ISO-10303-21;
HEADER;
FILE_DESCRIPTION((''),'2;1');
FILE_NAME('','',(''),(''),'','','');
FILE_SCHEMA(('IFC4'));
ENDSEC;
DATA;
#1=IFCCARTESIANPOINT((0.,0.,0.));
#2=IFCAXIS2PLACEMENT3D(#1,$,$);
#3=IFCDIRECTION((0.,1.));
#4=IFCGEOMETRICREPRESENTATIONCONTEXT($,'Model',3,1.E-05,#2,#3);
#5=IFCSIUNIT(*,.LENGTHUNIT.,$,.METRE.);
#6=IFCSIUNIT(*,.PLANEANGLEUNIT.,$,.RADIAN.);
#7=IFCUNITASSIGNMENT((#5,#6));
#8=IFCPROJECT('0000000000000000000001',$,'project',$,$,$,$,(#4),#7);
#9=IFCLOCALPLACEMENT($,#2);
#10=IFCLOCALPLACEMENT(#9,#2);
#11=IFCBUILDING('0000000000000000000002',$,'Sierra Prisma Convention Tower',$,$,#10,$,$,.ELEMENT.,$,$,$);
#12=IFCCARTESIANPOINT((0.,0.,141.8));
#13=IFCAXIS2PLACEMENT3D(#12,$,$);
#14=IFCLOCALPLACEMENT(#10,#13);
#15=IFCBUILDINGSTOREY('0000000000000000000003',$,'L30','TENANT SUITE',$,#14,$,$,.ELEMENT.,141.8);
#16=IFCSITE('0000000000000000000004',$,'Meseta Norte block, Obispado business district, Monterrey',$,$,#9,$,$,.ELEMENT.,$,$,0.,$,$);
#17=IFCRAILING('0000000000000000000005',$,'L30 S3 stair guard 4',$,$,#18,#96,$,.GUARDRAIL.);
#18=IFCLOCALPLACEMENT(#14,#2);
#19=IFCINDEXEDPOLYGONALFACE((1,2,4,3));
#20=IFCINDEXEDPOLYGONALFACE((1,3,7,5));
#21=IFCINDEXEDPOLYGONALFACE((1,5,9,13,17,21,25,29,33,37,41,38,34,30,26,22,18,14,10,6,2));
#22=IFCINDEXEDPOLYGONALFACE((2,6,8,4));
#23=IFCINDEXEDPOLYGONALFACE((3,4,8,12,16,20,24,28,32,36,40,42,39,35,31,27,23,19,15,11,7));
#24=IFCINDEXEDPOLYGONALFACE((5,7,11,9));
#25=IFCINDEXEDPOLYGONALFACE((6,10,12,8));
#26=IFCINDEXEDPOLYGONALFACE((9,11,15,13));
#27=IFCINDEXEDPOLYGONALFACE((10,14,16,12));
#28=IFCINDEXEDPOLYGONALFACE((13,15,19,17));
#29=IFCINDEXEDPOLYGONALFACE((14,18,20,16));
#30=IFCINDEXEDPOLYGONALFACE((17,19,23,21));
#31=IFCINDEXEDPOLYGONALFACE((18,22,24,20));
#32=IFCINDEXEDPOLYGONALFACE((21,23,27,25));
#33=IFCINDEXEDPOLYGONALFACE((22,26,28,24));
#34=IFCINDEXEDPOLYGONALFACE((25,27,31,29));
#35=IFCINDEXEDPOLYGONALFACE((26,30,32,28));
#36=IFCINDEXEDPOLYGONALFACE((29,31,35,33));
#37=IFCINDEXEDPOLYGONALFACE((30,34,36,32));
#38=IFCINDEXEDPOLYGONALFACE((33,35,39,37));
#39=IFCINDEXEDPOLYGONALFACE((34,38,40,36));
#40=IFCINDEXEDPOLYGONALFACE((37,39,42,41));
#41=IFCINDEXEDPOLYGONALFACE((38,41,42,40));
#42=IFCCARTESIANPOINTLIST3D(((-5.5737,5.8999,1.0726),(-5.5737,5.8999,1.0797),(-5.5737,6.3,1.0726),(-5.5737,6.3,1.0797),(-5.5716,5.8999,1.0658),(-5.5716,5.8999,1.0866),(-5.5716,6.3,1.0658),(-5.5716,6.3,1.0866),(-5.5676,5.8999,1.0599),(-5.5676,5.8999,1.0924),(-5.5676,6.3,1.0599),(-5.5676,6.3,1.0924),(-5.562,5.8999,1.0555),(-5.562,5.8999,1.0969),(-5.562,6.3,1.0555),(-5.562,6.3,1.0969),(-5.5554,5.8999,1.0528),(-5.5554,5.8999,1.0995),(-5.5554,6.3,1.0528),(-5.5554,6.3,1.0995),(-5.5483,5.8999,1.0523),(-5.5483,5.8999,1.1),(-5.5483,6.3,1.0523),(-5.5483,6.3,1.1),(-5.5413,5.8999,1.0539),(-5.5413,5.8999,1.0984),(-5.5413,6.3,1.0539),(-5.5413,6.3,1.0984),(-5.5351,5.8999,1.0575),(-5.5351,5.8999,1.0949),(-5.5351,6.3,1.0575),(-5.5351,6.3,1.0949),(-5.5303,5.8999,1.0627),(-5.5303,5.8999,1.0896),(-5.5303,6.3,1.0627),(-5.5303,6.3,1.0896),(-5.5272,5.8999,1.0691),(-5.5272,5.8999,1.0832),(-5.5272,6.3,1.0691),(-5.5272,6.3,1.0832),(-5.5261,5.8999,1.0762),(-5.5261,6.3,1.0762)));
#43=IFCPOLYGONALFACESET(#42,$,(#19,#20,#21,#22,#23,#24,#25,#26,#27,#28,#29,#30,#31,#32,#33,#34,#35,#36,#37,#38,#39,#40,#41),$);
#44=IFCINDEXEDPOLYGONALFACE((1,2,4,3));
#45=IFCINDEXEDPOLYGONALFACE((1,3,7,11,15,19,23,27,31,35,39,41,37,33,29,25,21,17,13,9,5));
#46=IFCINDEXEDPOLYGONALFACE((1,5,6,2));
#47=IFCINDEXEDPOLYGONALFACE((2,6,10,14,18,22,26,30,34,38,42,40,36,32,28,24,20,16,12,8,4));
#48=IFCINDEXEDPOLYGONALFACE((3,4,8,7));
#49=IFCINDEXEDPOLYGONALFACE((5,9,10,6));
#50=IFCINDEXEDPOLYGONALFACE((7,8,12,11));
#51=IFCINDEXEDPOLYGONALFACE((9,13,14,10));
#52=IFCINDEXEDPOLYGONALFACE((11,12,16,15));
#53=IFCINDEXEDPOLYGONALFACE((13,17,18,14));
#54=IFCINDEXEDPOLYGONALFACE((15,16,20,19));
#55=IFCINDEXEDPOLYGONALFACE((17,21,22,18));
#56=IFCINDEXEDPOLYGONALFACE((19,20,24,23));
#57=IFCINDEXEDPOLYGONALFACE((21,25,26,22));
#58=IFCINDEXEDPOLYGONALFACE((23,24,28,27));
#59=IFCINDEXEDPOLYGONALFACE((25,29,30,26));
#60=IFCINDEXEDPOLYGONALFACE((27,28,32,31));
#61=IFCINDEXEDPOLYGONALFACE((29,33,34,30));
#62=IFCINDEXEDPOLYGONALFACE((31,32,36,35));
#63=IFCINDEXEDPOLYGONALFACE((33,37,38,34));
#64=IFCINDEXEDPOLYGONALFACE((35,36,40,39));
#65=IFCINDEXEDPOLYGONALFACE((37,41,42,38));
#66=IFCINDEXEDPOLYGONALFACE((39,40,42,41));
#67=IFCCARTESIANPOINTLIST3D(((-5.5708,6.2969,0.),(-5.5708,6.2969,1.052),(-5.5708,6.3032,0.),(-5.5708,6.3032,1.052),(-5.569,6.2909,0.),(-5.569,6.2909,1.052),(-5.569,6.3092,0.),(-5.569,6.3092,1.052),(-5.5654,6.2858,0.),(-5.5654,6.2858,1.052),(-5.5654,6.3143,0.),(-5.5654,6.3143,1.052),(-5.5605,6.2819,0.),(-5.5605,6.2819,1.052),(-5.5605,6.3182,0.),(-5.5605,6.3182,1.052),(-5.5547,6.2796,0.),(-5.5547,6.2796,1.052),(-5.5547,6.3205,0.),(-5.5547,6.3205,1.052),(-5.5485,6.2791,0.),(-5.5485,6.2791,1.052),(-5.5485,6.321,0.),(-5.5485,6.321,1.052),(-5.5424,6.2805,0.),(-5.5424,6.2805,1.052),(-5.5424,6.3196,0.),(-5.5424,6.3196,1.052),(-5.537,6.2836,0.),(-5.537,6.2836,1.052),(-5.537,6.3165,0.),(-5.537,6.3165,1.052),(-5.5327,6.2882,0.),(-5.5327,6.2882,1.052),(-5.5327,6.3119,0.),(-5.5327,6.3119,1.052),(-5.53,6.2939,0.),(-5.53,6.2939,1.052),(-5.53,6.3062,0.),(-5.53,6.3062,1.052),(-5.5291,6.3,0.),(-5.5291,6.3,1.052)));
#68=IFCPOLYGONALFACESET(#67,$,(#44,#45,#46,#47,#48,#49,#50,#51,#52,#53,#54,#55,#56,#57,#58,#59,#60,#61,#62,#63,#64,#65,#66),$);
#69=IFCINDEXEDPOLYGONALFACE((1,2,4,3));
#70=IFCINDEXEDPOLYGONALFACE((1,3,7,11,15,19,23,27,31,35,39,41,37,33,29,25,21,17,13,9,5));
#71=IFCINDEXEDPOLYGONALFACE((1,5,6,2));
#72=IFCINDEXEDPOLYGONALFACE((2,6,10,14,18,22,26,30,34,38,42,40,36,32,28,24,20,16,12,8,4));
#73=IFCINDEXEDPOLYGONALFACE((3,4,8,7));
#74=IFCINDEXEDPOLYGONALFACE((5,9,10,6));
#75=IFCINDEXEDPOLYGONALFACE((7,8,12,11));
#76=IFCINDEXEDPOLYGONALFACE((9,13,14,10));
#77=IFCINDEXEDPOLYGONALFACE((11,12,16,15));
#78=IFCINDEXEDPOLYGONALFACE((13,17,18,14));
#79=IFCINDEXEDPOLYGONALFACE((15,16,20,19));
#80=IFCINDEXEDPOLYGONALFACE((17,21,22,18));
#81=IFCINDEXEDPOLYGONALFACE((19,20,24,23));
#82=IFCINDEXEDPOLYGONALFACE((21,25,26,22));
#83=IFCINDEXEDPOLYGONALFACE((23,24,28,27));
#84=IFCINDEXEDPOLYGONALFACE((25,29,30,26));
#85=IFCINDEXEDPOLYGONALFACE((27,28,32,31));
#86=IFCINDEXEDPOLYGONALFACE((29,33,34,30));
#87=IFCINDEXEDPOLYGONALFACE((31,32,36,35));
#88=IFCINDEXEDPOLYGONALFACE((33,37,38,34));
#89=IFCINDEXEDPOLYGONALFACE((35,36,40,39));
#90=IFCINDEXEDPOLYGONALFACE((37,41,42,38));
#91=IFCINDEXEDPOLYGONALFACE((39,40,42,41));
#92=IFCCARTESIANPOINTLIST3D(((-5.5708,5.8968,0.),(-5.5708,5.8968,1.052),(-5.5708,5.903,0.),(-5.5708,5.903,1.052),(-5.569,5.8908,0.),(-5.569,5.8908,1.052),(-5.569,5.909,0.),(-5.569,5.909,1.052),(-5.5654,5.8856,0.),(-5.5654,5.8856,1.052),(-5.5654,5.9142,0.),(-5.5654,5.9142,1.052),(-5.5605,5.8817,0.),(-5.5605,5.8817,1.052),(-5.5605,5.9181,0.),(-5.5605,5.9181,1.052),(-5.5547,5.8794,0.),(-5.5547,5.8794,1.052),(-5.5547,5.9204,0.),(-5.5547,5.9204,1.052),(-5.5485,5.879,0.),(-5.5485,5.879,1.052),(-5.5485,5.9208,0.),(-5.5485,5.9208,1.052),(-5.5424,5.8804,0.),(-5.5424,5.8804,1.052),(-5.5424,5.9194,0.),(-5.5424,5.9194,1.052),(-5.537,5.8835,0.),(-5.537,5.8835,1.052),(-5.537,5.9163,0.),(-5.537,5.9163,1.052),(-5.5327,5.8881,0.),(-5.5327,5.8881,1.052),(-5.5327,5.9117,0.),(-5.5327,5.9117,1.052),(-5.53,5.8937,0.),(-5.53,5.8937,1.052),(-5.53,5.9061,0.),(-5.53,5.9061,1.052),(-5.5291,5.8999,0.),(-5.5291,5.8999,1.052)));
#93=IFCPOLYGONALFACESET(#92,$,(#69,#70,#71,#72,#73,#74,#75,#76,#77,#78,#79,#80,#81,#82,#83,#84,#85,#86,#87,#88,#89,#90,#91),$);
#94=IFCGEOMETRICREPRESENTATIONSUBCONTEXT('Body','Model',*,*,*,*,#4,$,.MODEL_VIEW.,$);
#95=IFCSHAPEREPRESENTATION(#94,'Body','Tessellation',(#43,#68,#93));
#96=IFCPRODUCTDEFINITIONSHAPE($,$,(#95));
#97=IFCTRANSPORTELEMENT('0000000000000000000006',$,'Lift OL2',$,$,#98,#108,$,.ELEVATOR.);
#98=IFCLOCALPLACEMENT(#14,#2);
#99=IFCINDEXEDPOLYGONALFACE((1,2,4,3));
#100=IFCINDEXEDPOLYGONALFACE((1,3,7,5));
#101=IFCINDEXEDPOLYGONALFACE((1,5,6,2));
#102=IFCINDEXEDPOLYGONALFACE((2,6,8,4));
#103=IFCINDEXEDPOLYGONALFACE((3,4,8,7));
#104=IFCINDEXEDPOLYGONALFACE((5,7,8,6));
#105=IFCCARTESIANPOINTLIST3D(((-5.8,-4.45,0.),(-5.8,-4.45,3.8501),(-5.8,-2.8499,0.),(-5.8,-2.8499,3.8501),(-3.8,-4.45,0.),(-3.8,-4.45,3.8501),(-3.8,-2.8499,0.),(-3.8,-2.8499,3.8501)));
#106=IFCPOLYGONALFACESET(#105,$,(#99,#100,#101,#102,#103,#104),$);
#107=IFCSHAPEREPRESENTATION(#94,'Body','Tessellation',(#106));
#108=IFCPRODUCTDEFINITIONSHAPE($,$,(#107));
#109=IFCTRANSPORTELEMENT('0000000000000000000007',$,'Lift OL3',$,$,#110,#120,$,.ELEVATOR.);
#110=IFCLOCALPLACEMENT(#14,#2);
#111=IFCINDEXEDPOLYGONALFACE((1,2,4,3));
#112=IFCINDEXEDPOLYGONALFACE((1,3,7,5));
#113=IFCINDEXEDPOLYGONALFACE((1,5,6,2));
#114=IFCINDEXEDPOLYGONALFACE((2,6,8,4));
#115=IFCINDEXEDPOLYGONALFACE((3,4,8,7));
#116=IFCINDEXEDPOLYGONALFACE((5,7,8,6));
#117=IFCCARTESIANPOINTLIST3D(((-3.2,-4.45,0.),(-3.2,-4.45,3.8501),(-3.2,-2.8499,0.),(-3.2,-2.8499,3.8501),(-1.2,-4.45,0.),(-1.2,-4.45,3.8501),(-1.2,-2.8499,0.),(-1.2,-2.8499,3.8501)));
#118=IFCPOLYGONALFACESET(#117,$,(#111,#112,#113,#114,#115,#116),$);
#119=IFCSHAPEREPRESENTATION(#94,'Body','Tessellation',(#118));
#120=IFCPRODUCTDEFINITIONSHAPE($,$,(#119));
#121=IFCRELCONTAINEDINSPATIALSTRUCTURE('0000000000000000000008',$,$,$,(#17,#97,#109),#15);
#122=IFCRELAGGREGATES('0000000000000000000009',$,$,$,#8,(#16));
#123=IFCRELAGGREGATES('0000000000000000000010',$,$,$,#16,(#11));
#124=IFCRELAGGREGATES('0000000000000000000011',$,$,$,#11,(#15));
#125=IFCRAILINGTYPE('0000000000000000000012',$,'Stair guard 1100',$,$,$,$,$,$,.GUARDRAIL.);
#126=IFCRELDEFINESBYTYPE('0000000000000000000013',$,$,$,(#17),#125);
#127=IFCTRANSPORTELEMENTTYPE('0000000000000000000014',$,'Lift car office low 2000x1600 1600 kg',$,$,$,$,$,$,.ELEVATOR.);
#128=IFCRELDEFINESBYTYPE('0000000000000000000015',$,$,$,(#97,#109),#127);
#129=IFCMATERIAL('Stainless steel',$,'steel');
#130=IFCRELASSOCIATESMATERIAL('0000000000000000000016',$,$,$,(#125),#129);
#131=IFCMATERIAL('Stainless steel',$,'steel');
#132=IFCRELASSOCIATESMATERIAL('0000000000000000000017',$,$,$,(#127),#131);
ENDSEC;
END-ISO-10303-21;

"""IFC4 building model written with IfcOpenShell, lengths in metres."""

from ifc_helpers import new_model, si_unit, direction, frame, origin, origin_2d, place, context, subcontext, project, spatial, rectangle, circle, extrude, material, type_object, element, save


model = new_model("IFC4")

# Units and contexts
model_context = context("Model", 3, precision=1e-05, world=origin(), true_north=direction((0.0, 1.0)))
body_context = subcontext(model_context, "Body", "Model", "MODEL_VIEW")
ifc_project = project(units=[si_unit("LENGTHUNIT", "METRE"), si_unit("PLANEANGLEUNIT", "RADIAN")], contexts=[model_context])

# Site, building, storey
site_placement = place(None, origin())
site = spatial("IfcSite", under=ifc_project, at=site_placement, Name="Meseta Norte block, Obispado business district, Monterrey", CompositionType="ELEMENT", RefElevation=0.0)
building_placement = place(site_placement, origin())
building = spatial("IfcBuilding", under=site, at=building_placement, Name="Sierra Prisma Convention Tower", CompositionType="ELEMENT")
storey_placement = place(building_placement, frame((0.0, 0.0, 141.8)))
storey = spatial("IfcBuildingStorey", under=building, at=storey_placement, Name="L30", Description="TENANT SUITE", CompositionType="ELEMENT", Elevation=141.8)

# Railing
ifc_material_1 = material(Name="Stainless steel", Category="steel")
railing_type_1 = type_object("IfcRailingType", Name="Stair guard 1100", PredefinedType="GUARDRAIL", material=ifc_material_1)
railing_1_placement = place(storey_placement, frame((-5.55, 6.3, 0.0)))
element("IfcRailing", 1, at=railing_1_placement, inside=storey, type_object=railing_type_1, Name="L30 S3 stair guard 4", PredefinedType="GUARDRAIL", context=body_context, shape_type="SweptSolid", body=[
    extrude(circle(Radius=0.0239, at=origin_2d()), frame((0.0, 0.0, 1.0762), z_axis=(0.0, -1.0, 0.0), x_axis=(1.0, 0.0, 0.0)), (0.0, 0.0, 1.0), 0.4001),
    extrude(circle(Radius=0.021, at=origin_2d()), origin(), (0.0, 0.0, 1.0), 1.052),
    extrude(circle(Radius=0.021, at=origin_2d()), frame((0.0, -0.4001, 0.0)), (0.0, 0.0, 1.0), 1.052),
])

# Transport elements
ifc_material_2 = material(Name="Stainless steel", Category="steel")
transport_element_type = type_object("IfcTransportElementType", Name="Lift car office low 2000x1600 1600 kg", PredefinedType="ELEVATOR", material=ifc_material_2)
for number, where, z_axis, x_axis, name in (
    (2, (-4.8, -3.6499, 0.0), (0.0, 0.0, 1.0), (1.0, 0.0, 0.0), "Lift OL2"),
    (3, (-2.2, -3.6499, 0.0), (0.0, 0.0, 1.0), (1.0, 0.0, 0.0), "Lift OL3"),
):
    element("IfcTransportElement", number, at=place(storey_placement, frame(where, z_axis=z_axis, x_axis=x_axis)), inside=storey, type_object=transport_element_type, Name=name, PredefinedType="ELEVATOR", context=body_context, shape_type="SweptSolid", body=[
        extrude(rectangle(XDim=2.0, YDim=1.6001, at=origin_2d()), origin(), (0.0, 0.0, 1.0), 3.8501),
    ])

save(model, "model.ifc")
